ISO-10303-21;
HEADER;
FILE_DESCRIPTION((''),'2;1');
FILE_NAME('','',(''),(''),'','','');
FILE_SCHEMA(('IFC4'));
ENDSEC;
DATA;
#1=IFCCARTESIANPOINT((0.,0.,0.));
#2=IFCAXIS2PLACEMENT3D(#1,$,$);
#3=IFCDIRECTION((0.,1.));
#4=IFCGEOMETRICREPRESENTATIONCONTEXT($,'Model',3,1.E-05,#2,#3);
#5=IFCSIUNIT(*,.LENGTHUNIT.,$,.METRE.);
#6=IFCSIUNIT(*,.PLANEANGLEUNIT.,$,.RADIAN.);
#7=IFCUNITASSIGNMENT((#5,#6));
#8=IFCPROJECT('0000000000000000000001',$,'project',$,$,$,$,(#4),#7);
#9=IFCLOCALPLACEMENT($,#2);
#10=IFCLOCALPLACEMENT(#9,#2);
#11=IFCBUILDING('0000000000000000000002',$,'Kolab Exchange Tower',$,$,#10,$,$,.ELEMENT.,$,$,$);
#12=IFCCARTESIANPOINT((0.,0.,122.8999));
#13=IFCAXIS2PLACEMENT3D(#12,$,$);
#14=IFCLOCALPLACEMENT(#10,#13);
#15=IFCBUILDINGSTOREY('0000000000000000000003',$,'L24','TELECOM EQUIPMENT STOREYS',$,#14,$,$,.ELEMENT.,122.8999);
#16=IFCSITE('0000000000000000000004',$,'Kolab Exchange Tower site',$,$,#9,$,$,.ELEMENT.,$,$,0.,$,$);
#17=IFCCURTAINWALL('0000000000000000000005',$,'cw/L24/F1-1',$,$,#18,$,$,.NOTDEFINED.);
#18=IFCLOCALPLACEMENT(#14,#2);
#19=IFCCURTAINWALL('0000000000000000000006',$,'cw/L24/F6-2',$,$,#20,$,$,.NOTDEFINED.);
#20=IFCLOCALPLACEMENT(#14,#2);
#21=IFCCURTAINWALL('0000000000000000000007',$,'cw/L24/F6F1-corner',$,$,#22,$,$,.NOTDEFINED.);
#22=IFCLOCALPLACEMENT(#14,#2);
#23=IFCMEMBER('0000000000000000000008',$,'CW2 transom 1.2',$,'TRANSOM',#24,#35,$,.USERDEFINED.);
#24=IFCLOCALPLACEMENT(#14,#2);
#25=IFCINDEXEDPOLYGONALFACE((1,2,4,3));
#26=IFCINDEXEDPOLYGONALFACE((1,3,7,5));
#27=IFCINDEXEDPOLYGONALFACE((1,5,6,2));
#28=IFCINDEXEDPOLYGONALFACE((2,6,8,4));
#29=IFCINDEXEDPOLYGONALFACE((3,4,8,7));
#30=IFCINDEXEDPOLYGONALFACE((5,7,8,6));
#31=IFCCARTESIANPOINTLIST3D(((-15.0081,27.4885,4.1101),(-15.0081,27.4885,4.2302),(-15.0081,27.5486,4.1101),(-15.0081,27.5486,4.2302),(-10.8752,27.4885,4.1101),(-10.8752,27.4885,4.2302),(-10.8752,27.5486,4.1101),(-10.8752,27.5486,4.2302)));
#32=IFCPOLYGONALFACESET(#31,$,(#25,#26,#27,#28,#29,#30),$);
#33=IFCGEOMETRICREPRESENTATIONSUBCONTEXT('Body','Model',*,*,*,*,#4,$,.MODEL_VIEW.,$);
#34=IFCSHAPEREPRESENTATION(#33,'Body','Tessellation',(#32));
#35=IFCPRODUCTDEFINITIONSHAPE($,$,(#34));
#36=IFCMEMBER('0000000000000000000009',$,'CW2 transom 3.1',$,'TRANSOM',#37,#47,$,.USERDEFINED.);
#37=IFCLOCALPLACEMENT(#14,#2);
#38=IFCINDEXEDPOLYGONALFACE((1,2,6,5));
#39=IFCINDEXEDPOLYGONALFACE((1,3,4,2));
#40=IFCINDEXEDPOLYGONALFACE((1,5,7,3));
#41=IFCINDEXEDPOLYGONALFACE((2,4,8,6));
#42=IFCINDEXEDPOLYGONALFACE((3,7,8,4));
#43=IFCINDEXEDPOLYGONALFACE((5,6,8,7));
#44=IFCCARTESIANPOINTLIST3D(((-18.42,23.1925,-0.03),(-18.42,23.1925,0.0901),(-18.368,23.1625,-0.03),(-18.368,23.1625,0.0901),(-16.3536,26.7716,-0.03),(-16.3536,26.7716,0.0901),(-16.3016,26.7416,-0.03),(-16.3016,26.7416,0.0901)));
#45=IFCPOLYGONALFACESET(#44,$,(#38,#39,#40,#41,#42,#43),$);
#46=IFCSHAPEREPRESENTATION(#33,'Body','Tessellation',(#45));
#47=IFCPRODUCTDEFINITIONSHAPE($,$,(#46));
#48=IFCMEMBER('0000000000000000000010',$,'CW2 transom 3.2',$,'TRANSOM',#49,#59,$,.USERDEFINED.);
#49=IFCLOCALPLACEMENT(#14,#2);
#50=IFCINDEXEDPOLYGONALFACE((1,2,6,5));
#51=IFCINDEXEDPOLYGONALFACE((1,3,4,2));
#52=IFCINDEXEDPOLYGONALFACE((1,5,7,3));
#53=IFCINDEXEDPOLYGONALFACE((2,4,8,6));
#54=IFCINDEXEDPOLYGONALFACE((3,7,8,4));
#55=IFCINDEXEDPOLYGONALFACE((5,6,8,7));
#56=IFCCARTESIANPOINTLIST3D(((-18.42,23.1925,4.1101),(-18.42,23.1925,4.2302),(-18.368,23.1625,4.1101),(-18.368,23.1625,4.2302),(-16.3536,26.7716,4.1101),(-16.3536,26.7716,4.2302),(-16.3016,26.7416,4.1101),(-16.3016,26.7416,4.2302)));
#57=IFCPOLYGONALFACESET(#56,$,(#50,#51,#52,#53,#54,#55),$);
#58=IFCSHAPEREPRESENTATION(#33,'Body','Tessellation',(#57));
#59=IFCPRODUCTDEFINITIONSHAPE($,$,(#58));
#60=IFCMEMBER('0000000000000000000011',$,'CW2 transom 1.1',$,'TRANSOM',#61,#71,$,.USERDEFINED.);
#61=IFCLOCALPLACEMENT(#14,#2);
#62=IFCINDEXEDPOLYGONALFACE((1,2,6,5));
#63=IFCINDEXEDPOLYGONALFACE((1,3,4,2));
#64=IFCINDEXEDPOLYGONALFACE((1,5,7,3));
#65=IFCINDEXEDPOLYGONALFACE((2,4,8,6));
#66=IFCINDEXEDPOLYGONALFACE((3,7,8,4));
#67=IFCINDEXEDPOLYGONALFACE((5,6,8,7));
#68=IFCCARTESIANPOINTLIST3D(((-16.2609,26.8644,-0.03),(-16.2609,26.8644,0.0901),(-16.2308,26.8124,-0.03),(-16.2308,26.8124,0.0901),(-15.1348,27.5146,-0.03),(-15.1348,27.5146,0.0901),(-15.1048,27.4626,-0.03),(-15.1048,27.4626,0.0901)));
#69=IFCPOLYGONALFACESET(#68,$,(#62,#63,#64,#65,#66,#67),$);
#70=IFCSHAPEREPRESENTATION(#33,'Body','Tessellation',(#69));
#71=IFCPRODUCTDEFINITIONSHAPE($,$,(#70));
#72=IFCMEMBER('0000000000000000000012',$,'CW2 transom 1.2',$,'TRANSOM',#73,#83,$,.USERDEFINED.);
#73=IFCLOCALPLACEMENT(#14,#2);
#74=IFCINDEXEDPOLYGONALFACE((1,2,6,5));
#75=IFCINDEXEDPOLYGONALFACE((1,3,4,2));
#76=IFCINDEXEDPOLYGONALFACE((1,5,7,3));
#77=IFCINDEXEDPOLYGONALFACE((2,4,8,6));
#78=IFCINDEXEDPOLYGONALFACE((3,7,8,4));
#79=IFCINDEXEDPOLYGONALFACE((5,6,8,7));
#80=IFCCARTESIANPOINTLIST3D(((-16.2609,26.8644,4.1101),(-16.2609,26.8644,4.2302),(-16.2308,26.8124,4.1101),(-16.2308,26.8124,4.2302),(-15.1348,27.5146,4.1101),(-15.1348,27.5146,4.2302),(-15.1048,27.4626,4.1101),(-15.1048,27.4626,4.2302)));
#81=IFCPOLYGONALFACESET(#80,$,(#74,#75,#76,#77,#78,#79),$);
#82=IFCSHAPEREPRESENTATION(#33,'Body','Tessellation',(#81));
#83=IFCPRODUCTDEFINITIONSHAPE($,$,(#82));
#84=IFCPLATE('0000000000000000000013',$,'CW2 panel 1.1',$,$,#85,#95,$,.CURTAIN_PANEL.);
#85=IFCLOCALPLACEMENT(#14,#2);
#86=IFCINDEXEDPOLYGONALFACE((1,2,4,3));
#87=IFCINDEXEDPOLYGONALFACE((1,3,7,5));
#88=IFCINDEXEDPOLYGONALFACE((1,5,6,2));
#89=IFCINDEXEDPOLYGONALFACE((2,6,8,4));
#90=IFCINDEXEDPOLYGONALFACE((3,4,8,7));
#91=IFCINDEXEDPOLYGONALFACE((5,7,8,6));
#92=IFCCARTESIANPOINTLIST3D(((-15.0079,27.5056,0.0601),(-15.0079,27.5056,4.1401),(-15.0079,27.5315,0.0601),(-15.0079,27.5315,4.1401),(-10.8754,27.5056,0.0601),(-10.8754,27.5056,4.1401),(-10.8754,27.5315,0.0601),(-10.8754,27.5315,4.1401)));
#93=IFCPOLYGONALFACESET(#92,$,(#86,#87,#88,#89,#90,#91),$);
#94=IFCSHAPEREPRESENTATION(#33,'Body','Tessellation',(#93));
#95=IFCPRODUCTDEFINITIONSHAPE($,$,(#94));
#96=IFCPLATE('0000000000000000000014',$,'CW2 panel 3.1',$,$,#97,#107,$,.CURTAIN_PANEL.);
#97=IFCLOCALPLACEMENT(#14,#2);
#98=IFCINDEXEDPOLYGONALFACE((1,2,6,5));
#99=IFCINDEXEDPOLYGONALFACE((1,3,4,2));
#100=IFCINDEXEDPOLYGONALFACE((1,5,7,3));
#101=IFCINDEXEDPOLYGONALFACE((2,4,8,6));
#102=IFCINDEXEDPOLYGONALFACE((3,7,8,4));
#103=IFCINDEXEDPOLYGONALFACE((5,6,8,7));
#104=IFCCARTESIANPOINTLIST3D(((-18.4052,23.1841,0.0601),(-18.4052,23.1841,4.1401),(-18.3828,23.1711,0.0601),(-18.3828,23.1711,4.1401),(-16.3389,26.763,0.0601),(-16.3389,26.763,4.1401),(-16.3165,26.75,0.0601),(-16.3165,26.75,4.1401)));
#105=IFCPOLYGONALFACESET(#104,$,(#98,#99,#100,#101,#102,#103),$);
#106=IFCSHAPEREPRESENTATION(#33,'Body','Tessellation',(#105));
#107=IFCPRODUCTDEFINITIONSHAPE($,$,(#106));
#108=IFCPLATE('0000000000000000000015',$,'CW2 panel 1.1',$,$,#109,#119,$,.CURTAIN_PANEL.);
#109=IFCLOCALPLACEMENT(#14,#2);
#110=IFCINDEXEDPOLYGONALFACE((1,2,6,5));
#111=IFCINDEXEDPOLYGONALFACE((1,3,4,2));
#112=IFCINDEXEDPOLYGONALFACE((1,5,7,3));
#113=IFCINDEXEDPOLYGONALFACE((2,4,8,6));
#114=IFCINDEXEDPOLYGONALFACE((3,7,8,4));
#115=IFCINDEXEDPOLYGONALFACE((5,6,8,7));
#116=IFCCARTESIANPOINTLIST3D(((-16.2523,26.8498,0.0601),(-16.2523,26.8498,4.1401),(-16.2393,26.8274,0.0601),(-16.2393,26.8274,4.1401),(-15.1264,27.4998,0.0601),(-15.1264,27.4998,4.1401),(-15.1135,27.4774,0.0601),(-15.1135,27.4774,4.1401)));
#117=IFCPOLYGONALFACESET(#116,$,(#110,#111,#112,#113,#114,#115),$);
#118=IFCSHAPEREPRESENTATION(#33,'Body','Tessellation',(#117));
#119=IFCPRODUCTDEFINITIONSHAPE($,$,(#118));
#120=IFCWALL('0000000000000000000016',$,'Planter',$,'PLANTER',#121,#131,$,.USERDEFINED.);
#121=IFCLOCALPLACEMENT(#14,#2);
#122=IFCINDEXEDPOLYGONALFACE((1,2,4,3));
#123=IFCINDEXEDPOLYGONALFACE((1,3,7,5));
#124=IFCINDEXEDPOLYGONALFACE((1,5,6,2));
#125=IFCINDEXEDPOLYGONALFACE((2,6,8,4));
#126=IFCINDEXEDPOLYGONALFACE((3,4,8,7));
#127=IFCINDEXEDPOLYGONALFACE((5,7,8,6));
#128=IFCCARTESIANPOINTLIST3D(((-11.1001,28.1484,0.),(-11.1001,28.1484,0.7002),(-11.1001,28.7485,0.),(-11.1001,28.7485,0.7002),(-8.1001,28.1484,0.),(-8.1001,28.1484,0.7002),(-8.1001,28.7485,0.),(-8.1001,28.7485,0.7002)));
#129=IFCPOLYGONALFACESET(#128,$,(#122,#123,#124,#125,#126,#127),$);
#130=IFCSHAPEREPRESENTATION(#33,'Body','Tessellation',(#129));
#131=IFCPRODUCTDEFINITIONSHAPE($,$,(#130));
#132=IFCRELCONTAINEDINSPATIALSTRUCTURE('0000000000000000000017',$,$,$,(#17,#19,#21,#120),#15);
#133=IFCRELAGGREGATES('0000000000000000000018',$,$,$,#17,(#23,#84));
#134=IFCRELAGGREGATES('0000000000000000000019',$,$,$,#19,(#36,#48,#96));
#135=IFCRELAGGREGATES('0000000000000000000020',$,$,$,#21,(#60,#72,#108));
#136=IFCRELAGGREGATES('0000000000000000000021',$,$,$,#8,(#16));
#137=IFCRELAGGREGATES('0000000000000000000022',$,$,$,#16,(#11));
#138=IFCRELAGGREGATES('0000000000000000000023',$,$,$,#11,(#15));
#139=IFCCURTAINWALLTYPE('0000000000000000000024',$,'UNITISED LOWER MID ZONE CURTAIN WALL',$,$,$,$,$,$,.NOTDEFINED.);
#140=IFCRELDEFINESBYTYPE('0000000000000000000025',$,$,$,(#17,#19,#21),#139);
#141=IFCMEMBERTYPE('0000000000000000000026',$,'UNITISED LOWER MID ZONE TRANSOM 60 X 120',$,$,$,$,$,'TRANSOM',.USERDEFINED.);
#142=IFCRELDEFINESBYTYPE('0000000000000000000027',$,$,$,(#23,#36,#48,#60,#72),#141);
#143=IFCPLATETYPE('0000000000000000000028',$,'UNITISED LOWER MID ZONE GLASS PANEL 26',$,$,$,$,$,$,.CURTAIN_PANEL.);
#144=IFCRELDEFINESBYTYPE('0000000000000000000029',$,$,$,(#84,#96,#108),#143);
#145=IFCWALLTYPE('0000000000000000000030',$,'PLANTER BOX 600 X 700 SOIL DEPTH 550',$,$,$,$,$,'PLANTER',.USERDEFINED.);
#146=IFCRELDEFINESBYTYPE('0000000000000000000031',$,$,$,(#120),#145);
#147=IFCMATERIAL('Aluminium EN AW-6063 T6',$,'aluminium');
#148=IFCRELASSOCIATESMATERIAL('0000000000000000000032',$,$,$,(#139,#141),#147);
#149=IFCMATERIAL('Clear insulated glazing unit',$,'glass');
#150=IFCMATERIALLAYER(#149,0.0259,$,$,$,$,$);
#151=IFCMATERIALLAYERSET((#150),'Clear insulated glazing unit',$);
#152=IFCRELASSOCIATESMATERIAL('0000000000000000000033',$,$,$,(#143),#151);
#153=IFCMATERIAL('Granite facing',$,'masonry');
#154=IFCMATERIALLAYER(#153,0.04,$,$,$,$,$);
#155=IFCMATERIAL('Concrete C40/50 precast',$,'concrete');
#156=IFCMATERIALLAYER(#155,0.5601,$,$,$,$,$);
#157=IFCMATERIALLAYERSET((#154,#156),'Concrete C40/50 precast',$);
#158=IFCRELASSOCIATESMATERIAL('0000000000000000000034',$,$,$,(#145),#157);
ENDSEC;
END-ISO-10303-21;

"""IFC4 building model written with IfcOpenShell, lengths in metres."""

from ifc_helpers import new_model, si_unit, direction, frame, frame_2d, origin, origin_2d, place, context, subcontext, project, spatial, rectangle, extrude, material, layer, layer_set, material_profile, profile_set, type_object, element, aggregate, save


model = new_model("IFC4")

# Units and contexts
model_context = context("Model", 3, precision=1e-05, world=origin(), true_north=direction((0.0, 1.0)))
body_context = subcontext(model_context, "Body", "Model", "MODEL_VIEW")
ifc_project = project(units=[si_unit("LENGTHUNIT", "METRE"), si_unit("PLANEANGLEUNIT", "RADIAN")], contexts=[model_context])

# Site, building, storey
site_placement = place(None, origin())
site = spatial("IfcSite", under=ifc_project, at=site_placement, Name="Kolab Exchange Tower site", CompositionType="ELEMENT", RefElevation=0.0)
building_placement = place(site_placement, origin())
building = spatial("IfcBuilding", under=site, at=building_placement, Name="Kolab Exchange Tower", CompositionType="ELEMENT")
storey_placement = place(building_placement, frame((0.0, 0.0, 122.8999)))
storey = spatial("IfcBuildingStorey", under=building, at=storey_placement, Name="L24", Description="TELECOM EQUIPMENT STOREYS", CompositionType="ELEMENT", Elevation=122.8999)

# Curtain wall
ifc_material_1 = material(Name="Aluminium EN AW-6063 T6", Category="aluminium")
curtain_wall_type = type_object("IfcCurtainWallType", Name="UNITISED LOWER MID ZONE CURTAIN WALL", PredefinedType="NOTDEFINED", material=ifc_material_1)
curtain_wall_1_placement = place(storey_placement, origin())
curtain_wall_1 = element("IfcCurtainWall", 1, at=curtain_wall_1_placement, inside=storey, type_object=curtain_wall_type, Name="cw/L24/F1-1", PredefinedType="NOTDEFINED")

# Curtain walls
curtain_wall_2_placement = place(storey_placement, origin())
curtain_wall_2 = element("IfcCurtainWall", 2, at=curtain_wall_2_placement, inside=storey, type_object=curtain_wall_type, Name="cw/L24/F6-2", PredefinedType="NOTDEFINED")
curtain_wall_3_placement = place(storey_placement, origin())
curtain_wall_3 = element("IfcCurtainWall", 3, at=curtain_wall_3_placement, inside=storey, type_object=curtain_wall_type, Name="cw/L24/F6F1-corner", PredefinedType="NOTDEFINED")

# Members
ifc_material_profile_1 = material_profile(ifc_material_1, rectangle(XDim=0.0601, YDim=0.1201, at=origin_2d()), Name="RECT 60X120")
ifc_profile_set_1 = profile_set([ifc_material_profile_1], Name="Aluminium EN AW-6063 T6")
member_type_1 = type_object("IfcMemberType", Name="UNITISED LOWER MID ZONE TRANSOM 60 X 120", ElementType="TRANSOM", PredefinedType="USERDEFINED", material=ifc_profile_set_1)
member_1_placement = place(storey_placement, frame((-15.0081, 27.5186, 4.1702), z_axis=(1.0, 0.0, 0.0), x_axis=(0.0, 1.0, 0.0)))
member_1 = element("IfcMember", 4, at=member_1_placement, type_object=member_type_1, Name="CW2 transom 1.2", ObjectType="TRANSOM", PredefinedType="USERDEFINED", context=body_context, shape_type="SweptSolid", body=[
    extrude(rectangle(XDim=0.0601, YDim=0.1201, at=origin_2d()), origin(), (0.0, 0.0, 1.0), 4.1328),
])
member_2_placement = place(storey_placement, frame((-18.394, 23.1775, 0.03), z_axis=(0.500002, 0.866024, 0.0), x_axis=(-0.866024, 0.500002, 0.0)))
member_2 = element("IfcMember", 5, at=member_2_placement, type_object=member_type_1, Name="CW2 transom 3.1", ObjectType="TRANSOM", PredefinedType="USERDEFINED", context=body_context, shape_type="SweptSolid", body=[
    extrude(rectangle(XDim=0.0601, YDim=0.1201, at=origin_2d()), origin(), (0.0, 0.0, 1.0), 4.1328),
])
member_3_placement = place(storey_placement, frame((-18.394, 23.1775, 4.1702), z_axis=(0.500002, 0.866024, 0.0), x_axis=(-0.866024, 0.500002, 0.0)))
member_3 = element("IfcMember", 6, at=member_3_placement, type_object=member_type_1, Name="CW2 transom 3.2", ObjectType="TRANSOM", PredefinedType="USERDEFINED", context=body_context, shape_type="SweptSolid", body=[
    extrude(rectangle(XDim=0.0601, YDim=0.1201, at=origin_2d()), origin(), (0.0, 0.0, 1.0), 4.1328),
])
member_4_placement = place(storey_placement, frame((-16.2458, 26.8384, 0.03), z_axis=(0.866004, 0.500037, 0.0), x_axis=(-0.500037, 0.866004, 0.0)))
member_4 = element("IfcMember", 7, at=member_4_placement, type_object=member_type_1, Name="CW2 transom 1.1", ObjectType="TRANSOM", PredefinedType="USERDEFINED", context=body_context, shape_type="SweptSolid", body=[
    extrude(rectangle(XDim=0.0601, YDim=0.1201, at=origin_2d()), origin(), (0.0, 0.0, 1.0), 1.3003),
])
member_5_placement = place(storey_placement, frame((-16.2458, 26.8384, 4.1702), z_axis=(0.866004, 0.500037, 0.0), x_axis=(-0.500037, 0.866004, 0.0)))
member_5 = element("IfcMember", 8, at=member_5_placement, type_object=member_type_1, Name="CW2 transom 1.2", ObjectType="TRANSOM", PredefinedType="USERDEFINED", context=body_context, shape_type="SweptSolid", body=[
    extrude(rectangle(XDim=0.0601, YDim=0.1201, at=origin_2d()), origin(), (0.0, 0.0, 1.0), 1.3003),
])

# Plates
ifc_material_2 = material(Name="Clear insulated glazing unit", Category="glass")
ifc_layer_1 = layer(ifc_material_2, 0.0259)
ifc_layer_set_1 = layer_set([ifc_layer_1], Name="Clear insulated glazing unit")
plate_type = type_object("IfcPlateType", Name="UNITISED LOWER MID ZONE GLASS PANEL 26", PredefinedType="CURTAIN_PANEL", material=ifc_layer_set_1)
plate_1_placement = place(storey_placement, frame((-12.9417, 27.5186, 0.0601), z_axis=(0.0, 0.0, 1.0), x_axis=(1.0, 0.0, 0.0)))
plate_1 = element("IfcPlate", 9, at=plate_1_placement, type_object=plate_type, Name="CW2 panel 1.1", PredefinedType="CURTAIN_PANEL", context=body_context, shape_type="SweptSolid", body=[
    extrude(rectangle(XDim=4.1326, YDim=0.0259, at=origin_2d()), origin(), (0.0, 0.0, 1.0), 4.0801),
])
aggregate(curtain_wall_1, [member_1, plate_1])
plate_2_placement = place(storey_placement, frame((-17.3608, 24.967, 0.0601), z_axis=(0.0, 0.0, 1.0), x_axis=(0.5, 0.866025, 0.0)))
plate_2 = element("IfcPlate", 10, at=plate_2_placement, type_object=plate_type, Name="CW2 panel 3.1", PredefinedType="CURTAIN_PANEL", context=body_context, shape_type="SweptSolid", body=[
    extrude(rectangle(XDim=4.1326, YDim=0.0259, at=origin_2d()), origin(), (0.0, 0.0, 1.0), 4.0801),
])
aggregate(curtain_wall_2, [member_2, member_3, plate_2])
plate_3_placement = place(storey_placement, frame((-15.6829, 27.1636, 0.0601), z_axis=(0.0, 0.0, 1.0), x_axis=(0.866025, 0.5, 0.0)))
plate_3 = element("IfcPlate", 11, at=plate_3_placement, type_object=plate_type, Name="CW2 panel 1.1", PredefinedType="CURTAIN_PANEL", context=body_context, shape_type="SweptSolid", body=[
    extrude(rectangle(XDim=1.3, YDim=0.0259, at=origin_2d()), origin(), (0.0, 0.0, 1.0), 4.0801),
])
aggregate(curtain_wall_3, [member_4, member_5, plate_3])

# Wall
ifc_material_3 = material(Name="Granite facing", Category="masonry")
ifc_layer_2 = layer(ifc_material_3, 0.04)
ifc_material_4 = material(Name="Concrete C40/50 precast", Category="concrete")
ifc_layer_3 = layer(ifc_material_4, 0.5601)
ifc_layer_set_2 = layer_set([ifc_layer_2, ifc_layer_3], Name="Concrete C40/50 precast")
wall_type = type_object("IfcWallType", Name="PLANTER BOX 600 X 700 SOIL DEPTH 550", ElementType="PLANTER", PredefinedType="USERDEFINED", material=ifc_layer_set_2)
wall_placement = place(storey_placement, frame((-11.1001, 28.4485, 0.0), z_axis=(0.0, 0.0, 1.0), x_axis=(1.0, 0.0, 0.0)))
element("IfcWall", 12, at=wall_placement, inside=storey, type_object=wall_type, Name="Planter", ObjectType="PLANTER", PredefinedType="USERDEFINED", context=body_context, shape_type="SweptSolid", body=[
    extrude(rectangle(XDim=3.0, YDim=0.6001, at=frame_2d((1.5, 0.0))), origin(), (0.0, 0.0, 1.0), 0.7002),
])

save(model, "model.ifc")
